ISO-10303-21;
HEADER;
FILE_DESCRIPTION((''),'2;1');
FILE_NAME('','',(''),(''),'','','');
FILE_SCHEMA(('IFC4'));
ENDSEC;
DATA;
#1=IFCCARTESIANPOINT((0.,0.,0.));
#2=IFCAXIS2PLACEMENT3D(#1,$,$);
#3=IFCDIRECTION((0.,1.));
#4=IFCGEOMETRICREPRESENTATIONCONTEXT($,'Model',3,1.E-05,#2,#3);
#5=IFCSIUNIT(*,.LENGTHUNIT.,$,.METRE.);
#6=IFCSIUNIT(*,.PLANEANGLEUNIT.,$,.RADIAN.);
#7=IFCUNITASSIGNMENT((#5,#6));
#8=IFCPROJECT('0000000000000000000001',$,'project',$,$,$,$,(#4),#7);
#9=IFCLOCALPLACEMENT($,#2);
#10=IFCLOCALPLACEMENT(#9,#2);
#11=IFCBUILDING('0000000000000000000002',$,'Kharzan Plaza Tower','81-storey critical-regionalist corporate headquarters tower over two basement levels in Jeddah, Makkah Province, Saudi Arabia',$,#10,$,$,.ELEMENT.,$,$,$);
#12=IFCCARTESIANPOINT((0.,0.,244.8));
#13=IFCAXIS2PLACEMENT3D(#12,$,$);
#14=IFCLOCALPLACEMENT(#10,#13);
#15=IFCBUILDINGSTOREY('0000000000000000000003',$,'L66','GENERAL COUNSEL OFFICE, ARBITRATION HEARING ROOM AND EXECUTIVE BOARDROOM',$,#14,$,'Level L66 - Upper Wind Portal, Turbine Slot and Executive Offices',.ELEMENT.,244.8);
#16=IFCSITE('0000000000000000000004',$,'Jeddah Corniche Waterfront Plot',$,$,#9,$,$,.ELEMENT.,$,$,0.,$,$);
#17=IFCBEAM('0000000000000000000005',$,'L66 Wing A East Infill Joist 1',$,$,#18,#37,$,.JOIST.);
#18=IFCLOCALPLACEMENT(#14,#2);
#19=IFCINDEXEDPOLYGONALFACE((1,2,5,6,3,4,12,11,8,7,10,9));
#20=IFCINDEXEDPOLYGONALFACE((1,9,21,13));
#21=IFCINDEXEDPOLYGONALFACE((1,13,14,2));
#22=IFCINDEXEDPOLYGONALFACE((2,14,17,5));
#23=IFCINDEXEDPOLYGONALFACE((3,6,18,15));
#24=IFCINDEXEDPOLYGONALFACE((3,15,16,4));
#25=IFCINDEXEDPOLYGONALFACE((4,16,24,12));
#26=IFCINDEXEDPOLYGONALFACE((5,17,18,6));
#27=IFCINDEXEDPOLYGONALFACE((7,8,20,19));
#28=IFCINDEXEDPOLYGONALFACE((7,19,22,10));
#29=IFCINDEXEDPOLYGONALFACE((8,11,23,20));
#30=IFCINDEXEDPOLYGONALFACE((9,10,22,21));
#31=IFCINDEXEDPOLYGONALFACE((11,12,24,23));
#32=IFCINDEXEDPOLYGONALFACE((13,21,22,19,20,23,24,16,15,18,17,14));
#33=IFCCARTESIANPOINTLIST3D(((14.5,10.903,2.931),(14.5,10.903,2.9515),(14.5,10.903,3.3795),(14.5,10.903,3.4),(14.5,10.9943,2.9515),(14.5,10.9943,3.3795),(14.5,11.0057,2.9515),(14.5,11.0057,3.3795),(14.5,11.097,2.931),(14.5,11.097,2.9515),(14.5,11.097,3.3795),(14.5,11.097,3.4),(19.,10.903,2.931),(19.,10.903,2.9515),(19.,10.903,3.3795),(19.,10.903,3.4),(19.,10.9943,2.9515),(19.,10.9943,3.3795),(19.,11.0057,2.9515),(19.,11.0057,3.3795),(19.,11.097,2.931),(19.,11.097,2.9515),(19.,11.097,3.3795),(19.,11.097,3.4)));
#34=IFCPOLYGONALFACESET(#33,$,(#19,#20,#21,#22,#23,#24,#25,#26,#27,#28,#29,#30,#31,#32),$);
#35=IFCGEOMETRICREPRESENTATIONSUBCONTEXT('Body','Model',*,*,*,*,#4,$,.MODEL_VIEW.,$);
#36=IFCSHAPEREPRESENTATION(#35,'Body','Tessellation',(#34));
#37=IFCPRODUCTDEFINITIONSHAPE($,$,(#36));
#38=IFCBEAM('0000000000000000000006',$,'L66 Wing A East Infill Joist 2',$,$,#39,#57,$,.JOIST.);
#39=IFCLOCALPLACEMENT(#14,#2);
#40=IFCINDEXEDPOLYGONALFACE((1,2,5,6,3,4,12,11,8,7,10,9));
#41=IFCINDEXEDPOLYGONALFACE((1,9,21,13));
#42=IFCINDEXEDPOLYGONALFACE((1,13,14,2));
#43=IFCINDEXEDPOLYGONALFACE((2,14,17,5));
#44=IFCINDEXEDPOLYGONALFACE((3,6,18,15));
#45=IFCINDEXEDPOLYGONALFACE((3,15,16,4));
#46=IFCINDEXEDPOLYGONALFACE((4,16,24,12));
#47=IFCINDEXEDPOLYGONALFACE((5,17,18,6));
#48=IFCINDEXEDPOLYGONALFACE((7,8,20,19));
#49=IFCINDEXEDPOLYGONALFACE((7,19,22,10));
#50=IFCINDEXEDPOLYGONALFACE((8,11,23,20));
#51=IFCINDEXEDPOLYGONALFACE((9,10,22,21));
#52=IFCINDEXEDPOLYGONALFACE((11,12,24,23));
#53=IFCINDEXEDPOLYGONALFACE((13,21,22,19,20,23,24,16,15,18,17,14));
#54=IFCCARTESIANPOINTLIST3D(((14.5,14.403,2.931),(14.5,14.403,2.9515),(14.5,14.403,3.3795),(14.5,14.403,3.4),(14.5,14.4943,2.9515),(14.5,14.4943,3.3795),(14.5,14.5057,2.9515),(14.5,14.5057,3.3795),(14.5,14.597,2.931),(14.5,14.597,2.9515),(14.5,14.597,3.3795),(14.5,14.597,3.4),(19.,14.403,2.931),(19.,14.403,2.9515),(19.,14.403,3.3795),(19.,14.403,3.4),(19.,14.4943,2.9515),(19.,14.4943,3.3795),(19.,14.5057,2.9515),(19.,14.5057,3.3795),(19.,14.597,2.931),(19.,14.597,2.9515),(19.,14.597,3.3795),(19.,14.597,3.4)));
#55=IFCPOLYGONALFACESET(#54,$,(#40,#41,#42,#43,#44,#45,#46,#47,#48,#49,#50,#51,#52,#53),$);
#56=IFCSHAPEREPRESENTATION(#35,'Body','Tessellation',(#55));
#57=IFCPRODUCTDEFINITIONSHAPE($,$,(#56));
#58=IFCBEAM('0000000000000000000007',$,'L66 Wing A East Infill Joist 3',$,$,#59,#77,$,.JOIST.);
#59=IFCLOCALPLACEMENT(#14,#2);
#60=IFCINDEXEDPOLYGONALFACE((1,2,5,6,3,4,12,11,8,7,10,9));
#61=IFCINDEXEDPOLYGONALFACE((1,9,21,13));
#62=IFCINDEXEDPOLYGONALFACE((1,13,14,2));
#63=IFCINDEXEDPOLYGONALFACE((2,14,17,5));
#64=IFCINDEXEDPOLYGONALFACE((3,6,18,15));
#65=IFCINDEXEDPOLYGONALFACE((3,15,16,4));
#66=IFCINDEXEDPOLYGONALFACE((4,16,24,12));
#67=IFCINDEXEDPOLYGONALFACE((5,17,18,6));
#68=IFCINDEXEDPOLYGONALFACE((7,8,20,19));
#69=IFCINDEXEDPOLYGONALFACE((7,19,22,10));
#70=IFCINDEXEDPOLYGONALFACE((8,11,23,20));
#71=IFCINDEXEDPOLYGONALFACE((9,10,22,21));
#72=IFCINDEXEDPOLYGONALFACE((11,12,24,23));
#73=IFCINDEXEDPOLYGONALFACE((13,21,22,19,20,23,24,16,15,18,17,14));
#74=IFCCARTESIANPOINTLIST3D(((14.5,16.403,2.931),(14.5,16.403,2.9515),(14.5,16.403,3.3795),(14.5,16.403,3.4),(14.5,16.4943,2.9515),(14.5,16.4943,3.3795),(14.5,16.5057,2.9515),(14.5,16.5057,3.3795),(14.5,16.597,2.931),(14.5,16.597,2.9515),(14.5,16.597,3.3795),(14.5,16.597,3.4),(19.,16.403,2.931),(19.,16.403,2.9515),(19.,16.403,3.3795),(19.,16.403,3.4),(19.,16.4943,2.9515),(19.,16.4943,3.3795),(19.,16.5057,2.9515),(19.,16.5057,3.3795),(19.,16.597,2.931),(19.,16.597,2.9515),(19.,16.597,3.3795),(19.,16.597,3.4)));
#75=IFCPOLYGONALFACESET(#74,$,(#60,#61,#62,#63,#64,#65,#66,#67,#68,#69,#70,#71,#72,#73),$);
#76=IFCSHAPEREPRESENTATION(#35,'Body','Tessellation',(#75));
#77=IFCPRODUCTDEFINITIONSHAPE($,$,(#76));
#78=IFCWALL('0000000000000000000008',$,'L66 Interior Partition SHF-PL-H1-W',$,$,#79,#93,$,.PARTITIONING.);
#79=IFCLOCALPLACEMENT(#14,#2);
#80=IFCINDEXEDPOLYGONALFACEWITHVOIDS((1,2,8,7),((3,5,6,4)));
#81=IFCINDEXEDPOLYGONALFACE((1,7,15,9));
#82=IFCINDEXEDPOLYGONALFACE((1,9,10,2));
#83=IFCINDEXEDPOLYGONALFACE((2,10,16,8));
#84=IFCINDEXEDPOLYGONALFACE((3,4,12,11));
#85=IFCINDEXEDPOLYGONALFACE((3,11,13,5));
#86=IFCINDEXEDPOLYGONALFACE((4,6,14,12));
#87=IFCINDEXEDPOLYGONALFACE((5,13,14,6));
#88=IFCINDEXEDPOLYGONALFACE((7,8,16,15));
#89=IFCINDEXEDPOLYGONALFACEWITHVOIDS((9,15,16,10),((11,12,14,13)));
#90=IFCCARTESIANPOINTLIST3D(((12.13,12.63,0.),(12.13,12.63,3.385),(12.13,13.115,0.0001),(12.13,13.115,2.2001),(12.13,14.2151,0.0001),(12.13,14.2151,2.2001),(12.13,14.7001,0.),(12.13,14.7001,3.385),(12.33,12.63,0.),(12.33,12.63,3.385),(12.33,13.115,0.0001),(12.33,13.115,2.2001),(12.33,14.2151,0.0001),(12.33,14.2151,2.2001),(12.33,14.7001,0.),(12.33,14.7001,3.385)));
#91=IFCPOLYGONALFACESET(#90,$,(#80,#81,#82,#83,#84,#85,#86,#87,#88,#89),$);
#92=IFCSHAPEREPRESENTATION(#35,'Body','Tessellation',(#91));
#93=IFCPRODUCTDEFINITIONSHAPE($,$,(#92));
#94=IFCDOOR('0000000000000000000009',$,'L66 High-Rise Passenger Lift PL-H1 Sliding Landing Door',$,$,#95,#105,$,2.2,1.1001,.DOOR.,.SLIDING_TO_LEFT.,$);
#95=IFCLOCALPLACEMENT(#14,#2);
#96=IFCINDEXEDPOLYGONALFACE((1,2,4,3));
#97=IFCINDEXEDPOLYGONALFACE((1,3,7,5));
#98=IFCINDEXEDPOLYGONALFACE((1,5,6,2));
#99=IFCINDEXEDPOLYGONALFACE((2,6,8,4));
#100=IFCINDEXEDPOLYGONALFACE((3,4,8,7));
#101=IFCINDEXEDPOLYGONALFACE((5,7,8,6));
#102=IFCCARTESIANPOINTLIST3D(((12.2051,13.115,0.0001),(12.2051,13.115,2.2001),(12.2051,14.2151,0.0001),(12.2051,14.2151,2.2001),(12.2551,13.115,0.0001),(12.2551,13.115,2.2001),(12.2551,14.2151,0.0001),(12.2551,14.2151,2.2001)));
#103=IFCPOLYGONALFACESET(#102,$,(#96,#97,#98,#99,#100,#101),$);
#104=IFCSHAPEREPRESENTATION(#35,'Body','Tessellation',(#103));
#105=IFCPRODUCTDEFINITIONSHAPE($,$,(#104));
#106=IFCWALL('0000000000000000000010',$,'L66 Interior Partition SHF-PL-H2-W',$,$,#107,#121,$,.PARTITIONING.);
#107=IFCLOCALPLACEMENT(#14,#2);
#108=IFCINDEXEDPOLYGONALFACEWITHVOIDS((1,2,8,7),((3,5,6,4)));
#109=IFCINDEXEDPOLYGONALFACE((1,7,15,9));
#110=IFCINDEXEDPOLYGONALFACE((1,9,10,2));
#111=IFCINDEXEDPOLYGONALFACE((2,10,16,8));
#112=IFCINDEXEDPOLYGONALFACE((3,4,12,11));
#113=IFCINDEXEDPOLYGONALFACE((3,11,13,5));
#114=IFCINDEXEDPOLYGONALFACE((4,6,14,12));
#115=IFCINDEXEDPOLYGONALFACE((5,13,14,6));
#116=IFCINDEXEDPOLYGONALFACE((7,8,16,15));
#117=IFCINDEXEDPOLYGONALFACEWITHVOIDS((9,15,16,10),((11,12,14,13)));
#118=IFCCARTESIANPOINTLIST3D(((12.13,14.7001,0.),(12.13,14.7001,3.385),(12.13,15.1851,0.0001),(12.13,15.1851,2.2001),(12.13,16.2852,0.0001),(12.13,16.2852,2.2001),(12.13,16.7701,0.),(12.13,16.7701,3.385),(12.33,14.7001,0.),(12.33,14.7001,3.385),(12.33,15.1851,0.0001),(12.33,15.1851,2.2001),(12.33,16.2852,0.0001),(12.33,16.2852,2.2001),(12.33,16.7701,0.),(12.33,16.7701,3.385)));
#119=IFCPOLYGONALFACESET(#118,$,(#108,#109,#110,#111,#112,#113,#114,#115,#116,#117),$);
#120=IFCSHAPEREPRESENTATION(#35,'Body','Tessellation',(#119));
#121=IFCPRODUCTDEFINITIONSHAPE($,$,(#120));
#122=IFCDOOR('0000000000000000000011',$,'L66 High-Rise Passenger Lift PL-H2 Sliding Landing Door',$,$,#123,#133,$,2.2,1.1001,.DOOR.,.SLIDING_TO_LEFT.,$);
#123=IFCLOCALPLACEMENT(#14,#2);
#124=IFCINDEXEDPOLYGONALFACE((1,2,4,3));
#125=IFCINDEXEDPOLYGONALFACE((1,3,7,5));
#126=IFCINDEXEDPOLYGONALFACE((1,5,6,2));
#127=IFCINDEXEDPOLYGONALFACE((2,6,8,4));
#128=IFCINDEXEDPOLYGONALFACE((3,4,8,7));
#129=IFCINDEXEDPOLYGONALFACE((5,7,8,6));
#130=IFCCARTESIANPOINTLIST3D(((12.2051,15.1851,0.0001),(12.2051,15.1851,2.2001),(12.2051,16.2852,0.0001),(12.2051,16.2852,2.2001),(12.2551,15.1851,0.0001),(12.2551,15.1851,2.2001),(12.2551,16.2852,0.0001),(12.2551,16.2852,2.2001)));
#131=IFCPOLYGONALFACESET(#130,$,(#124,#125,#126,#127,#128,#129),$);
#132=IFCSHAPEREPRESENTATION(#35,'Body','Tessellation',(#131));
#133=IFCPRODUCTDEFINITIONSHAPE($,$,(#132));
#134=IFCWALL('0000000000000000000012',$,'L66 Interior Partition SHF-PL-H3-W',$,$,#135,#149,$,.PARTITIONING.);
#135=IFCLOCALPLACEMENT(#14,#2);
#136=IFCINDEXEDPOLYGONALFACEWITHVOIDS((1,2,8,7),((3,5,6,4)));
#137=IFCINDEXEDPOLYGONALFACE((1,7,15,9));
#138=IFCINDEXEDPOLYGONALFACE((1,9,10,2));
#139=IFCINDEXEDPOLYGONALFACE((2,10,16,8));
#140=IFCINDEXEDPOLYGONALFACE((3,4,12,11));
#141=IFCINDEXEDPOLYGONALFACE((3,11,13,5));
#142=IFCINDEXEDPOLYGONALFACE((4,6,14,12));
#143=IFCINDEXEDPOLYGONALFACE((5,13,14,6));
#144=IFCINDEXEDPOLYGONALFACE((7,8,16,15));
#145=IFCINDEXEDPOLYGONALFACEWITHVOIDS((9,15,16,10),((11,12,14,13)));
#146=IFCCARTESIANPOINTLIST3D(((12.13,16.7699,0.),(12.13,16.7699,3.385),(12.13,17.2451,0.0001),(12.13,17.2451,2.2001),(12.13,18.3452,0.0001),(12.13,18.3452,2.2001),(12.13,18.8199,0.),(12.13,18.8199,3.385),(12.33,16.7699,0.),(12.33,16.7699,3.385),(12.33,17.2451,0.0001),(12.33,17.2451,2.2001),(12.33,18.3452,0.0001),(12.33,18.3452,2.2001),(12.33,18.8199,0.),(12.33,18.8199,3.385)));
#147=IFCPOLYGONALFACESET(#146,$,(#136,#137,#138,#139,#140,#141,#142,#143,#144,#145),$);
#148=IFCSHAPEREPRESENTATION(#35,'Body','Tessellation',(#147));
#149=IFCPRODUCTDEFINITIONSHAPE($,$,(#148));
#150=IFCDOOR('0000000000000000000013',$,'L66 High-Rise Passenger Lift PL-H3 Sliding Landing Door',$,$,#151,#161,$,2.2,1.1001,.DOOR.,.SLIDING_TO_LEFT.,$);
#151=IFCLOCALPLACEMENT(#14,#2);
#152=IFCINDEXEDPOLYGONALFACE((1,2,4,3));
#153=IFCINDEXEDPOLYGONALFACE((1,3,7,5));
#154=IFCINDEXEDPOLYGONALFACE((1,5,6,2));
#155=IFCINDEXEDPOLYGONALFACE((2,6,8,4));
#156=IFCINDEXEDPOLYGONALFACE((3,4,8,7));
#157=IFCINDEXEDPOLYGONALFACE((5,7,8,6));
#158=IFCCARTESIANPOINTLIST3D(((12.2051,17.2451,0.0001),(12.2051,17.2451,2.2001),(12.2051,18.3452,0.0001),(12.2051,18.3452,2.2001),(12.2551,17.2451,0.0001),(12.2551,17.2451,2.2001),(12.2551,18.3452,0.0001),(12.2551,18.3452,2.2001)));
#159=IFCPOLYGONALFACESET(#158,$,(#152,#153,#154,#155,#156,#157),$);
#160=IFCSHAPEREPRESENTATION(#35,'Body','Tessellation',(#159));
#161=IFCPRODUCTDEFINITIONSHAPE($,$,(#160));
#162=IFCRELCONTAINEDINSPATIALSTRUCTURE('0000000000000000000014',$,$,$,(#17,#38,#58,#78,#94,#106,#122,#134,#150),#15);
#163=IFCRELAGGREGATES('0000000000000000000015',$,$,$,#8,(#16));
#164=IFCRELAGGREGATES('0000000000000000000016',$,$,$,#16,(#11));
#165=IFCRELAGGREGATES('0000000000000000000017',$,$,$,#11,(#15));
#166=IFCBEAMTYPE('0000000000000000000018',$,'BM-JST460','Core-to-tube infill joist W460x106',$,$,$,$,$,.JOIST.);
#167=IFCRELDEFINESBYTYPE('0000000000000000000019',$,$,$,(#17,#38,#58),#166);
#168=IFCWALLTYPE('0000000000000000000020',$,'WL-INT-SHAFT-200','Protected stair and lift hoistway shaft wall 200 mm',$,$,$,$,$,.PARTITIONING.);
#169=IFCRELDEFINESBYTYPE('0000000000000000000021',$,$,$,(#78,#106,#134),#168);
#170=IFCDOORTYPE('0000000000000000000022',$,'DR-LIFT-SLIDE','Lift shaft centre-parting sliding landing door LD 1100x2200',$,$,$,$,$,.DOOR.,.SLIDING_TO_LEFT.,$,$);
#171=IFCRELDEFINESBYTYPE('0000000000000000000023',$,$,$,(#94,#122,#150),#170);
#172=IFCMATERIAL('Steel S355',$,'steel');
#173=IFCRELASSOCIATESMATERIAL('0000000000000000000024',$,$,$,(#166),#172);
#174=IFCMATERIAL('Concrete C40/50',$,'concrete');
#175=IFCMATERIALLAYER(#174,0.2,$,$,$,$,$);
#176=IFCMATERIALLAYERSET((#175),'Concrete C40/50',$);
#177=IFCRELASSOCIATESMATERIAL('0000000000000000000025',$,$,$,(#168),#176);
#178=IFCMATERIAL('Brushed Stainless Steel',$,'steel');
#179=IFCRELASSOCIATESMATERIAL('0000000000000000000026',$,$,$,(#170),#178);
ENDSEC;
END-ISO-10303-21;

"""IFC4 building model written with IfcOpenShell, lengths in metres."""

from ifc_helpers import new_model, si_unit, direction, frame, frame_2d, origin, origin_2d, place, context, subcontext, project, spatial, rectangle, i_section, extrude, source, transform, mapped, material, layer, layer_set, material_profile, profile_set, type_object, element, fill, save


model = new_model("IFC4")

# Units and contexts
model_context = context("Model", 3, precision=1e-05, world=origin(), true_north=direction((0.0, 1.0)))
body_context = subcontext(model_context, "Body", "Model", "MODEL_VIEW")
ifc_project = project(units=[si_unit("LENGTHUNIT", "METRE"), si_unit("PLANEANGLEUNIT", "RADIAN")], contexts=[model_context])

# Site, building, storey
site_placement = place(None, origin())
site = spatial("IfcSite", under=ifc_project, at=site_placement, Name="Jeddah Corniche Waterfront Plot", CompositionType="ELEMENT", RefElevation=0.0)
building_placement = place(site_placement, origin())
building = spatial("IfcBuilding", under=site, at=building_placement, Name="Kharzan Plaza Tower", Description="81-storey critical-regionalist corporate headquarters tower over two basement levels in Jeddah, Makkah Province, Saudi Arabia", CompositionType="ELEMENT")
storey_placement = place(building_placement, frame((0.0, 0.0, 244.8)))
storey = spatial("IfcBuildingStorey", under=building, at=storey_placement, Name="L66", Description="GENERAL COUNSEL OFFICE, ARBITRATION HEARING ROOM AND EXECUTIVE BOARDROOM", LongName="Level L66 - Upper Wind Portal, Turbine Slot and Executive Offices", CompositionType="ELEMENT", Elevation=244.8)

# Beams
ifc_material_1 = material(Name="Steel S355", Category="steel")
ifc_material_profile = material_profile(ifc_material_1, i_section(OverallWidth=0.1941, OverallDepth=0.469, WebThickness=0.0115, FlangeThickness=0.0205, at=origin_2d()), Name="W460x106")
ifc_profile_set = profile_set([ifc_material_profile], Name="Steel S355")
beam_type = type_object("IfcBeamType", Name="BM-JST460", Description="Core-to-tube infill joist W460x106", PredefinedType="JOIST", material=ifc_profile_set)
shared_shape_1 = source(origin(), body_context, "Body", "SweptSolid", [
    extrude(i_section(OverallWidth=0.1941, OverallDepth=0.469, WebThickness=0.0115, FlangeThickness=0.0205, at=origin_2d()), origin(), (0.0, 0.0, 1.0), 4.5),
])
for number, where, z_axis, x_axis, name in (
    (1, (14.5, 11.0, 3.1655), (1.0, 0.0, 0.0), (0.0, 1.0, 0.0), "L66 Wing A East Infill Joist 1"),
    (2, (14.5, 14.5, 3.1655), (1.0, 0.0, 0.0), (0.0, 1.0, 0.0), "L66 Wing A East Infill Joist 2"),
    (3, (14.5, 16.5, 3.1655), (1.0, 0.0, 0.0), (0.0, 1.0, 0.0), "L66 Wing A East Infill Joist 3"),
):
    element("IfcBeam", number, at=place(storey_placement, frame(where, z_axis=z_axis, x_axis=x_axis)), inside=storey, type_object=beam_type, Name=name, PredefinedType="JOIST", context=body_context, shape_type="MappedRepresentation", body=[
        mapped(shared_shape_1, transform((0.0, 0.0, 0.0), x_axis=(1.0, 0.0, 0.0), y_axis=(0.0, 1.0, 0.0), z_axis=(0.0, 0.0, 1.0))),
    ])

# Walls, openings, doors
ifc_material_2 = material(Name="Concrete C40/50", Category="concrete")
ifc_layer_1 = layer(ifc_material_2, 0.2)
ifc_layer_set_1 = layer_set([ifc_layer_1], Name="Concrete C40/50")
wall_type_1 = type_object("IfcWallType", Name="WL-INT-SHAFT-200", Description="Protected stair and lift hoistway shaft wall 200 mm", PredefinedType="PARTITIONING", material=ifc_layer_set_1)
wall_1_placement = place(storey_placement, frame((12.23, 12.6299, 0.0), z_axis=(0.0, 0.0, 1.0), x_axis=(0.0, 1.0, 0.0)))
wall_1 = element("IfcWall", 4, at=wall_1_placement, inside=storey, type_object=wall_type_1, Name="L66 Interior Partition SHF-PL-H1-W", PredefinedType="PARTITIONING", context=body_context, shape_type="SweptSolid", body=[
    extrude(rectangle(XDim=2.0701, YDim=0.2, at=frame_2d((1.0352, 0.0))), origin(), (0.0, 0.0, 1.0), 3.385),
])
opening_1_placement = place(wall_1_placement, frame((0.4851, 0.0, 0.0)))
opening_1 = element("IfcOpeningElement", 5, at=opening_1_placement, cuts=wall_1, PredefinedType="OPENING", context=body_context, shape_type="SweptSolid", body=[
    extrude(rectangle(XDim=1.1001, YDim=2.2, at=frame_2d((0.55, 1.1001))), frame((0.0, 0.1099, 0.0), z_axis=(0.0, -1.0, 0.0), x_axis=(1.0, 0.0, 0.0)), (0.0, 0.0, 1.0), 0.22),
])
ifc_material_3 = material(Name="Brushed Stainless Steel", Category="steel")
door_type = type_object("IfcDoorType", Name="DR-LIFT-SLIDE", Description="Lift shaft centre-parting sliding landing door LD 1100x2200", OperationType="SLIDING_TO_LEFT", PredefinedType="DOOR", material=ifc_material_3)
shared_shape_2 = source(origin(), body_context, "Body", "SweptSolid", [
    extrude(rectangle(XDim=1.1001, YDim=2.2, at=frame_2d((0.55, 1.1001))), frame((0.0, 0.0249, 0.0), z_axis=(0.0, -1.0, 0.0), x_axis=(1.0, 0.0, 0.0)), (0.0, 0.0, 1.0), 0.05),
])
door_1_placement = place(opening_1_placement, origin())
door_1 = element("IfcDoor", 6, at=door_1_placement, inside=storey, type_object=door_type, Name="L66 High-Rise Passenger Lift PL-H1 Sliding Landing Door", OperationType="SLIDING_TO_LEFT", OverallHeight=2.2, OverallWidth=1.1001, PredefinedType="DOOR", context=body_context, shape_type="MappedRepresentation", body=[
    mapped(shared_shape_2, transform((0.0, 0.0, 0.0), x_axis=(1.0, 0.0, 0.0), y_axis=(0.0, 1.0, 0.0), z_axis=(0.0, 0.0, 1.0))),
])
fill(opening_1, door_1)
wall_2_placement = place(storey_placement, frame((12.23, 14.7, 0.0), z_axis=(0.0, 0.0, 1.0), x_axis=(0.0, 1.0, 0.0)))
wall_2 = element("IfcWall", 7, at=wall_2_placement, inside=storey, type_object=wall_type_1, Name="L66 Interior Partition SHF-PL-H2-W", PredefinedType="PARTITIONING", context=body_context, shape_type="SweptSolid", body=[
    extrude(rectangle(XDim=2.0701, YDim=0.2, at=frame_2d((1.0352, 0.0))), origin(), (0.0, 0.0, 1.0), 3.385),
])
opening_2_placement = place(wall_2_placement, frame((0.4851, 0.0, 0.0)))
opening_2 = element("IfcOpeningElement", 8, at=opening_2_placement, cuts=wall_2, PredefinedType="OPENING", context=body_context, shape_type="SweptSolid", body=[
    extrude(rectangle(XDim=1.1001, YDim=2.2, at=frame_2d((0.55, 1.1001))), frame((0.0, 0.1099, 0.0), z_axis=(0.0, -1.0, 0.0), x_axis=(1.0, 0.0, 0.0)), (0.0, 0.0, 1.0), 0.22),
])
door_2_placement = place(opening_2_placement, origin())
door_2 = element("IfcDoor", 9, at=door_2_placement, inside=storey, type_object=door_type, Name="L66 High-Rise Passenger Lift PL-H2 Sliding Landing Door", OperationType="SLIDING_TO_LEFT", OverallHeight=2.2, OverallWidth=1.1001, PredefinedType="DOOR", context=body_context, shape_type="MappedRepresentation", body=[
    mapped(shared_shape_2, transform((0.0, 0.0, 0.0), x_axis=(1.0, 0.0, 0.0), y_axis=(0.0, 1.0, 0.0), z_axis=(0.0, 0.0, 1.0))),
])
fill(opening_2, door_2)
wall_3_placement = place(storey_placement, frame((12.23, 16.77, 0.0), z_axis=(0.0, 0.0, 1.0), x_axis=(0.0, 1.0, 0.0)))
wall_3 = element("IfcWall", 10, at=wall_3_placement, inside=storey, type_object=wall_type_1, Name="L66 Interior Partition SHF-PL-H3-W", PredefinedType="PARTITIONING", context=body_context, shape_type="SweptSolid", body=[
    extrude(rectangle(XDim=2.05, YDim=0.2, at=frame_2d((1.0249, 0.0))), origin(), (0.0, 0.0, 1.0), 3.385),
])
opening_3_placement = place(wall_3_placement, frame((0.4751, 0.0, 0.0)))
opening_3 = element("IfcOpeningElement", 11, at=opening_3_placement, cuts=wall_3, PredefinedType="OPENING", context=body_context, shape_type="SweptSolid", body=[
    extrude(rectangle(XDim=1.1001, YDim=2.2, at=frame_2d((0.55, 1.1001))), frame((0.0, 0.1099, 0.0), z_axis=(0.0, -1.0, 0.0), x_axis=(1.0, 0.0, 0.0)), (0.0, 0.0, 1.0), 0.22),
])
door_3_placement = place(opening_3_placement, origin())
door_3 = element("IfcDoor", 12, at=door_3_placement, inside=storey, type_object=door_type, Name="L66 High-Rise Passenger Lift PL-H3 Sliding Landing Door", OperationType="SLIDING_TO_LEFT", OverallHeight=2.2, OverallWidth=1.1001, PredefinedType="DOOR", context=body_context, shape_type="MappedRepresentation", body=[
    mapped(shared_shape_2, transform((0.0, 0.0, 0.0), x_axis=(1.0, 0.0, 0.0), y_axis=(0.0, 1.0, 0.0), z_axis=(0.0, 0.0, 1.0))),
])
fill(opening_3, door_3)

save(model, "model.ifc")
